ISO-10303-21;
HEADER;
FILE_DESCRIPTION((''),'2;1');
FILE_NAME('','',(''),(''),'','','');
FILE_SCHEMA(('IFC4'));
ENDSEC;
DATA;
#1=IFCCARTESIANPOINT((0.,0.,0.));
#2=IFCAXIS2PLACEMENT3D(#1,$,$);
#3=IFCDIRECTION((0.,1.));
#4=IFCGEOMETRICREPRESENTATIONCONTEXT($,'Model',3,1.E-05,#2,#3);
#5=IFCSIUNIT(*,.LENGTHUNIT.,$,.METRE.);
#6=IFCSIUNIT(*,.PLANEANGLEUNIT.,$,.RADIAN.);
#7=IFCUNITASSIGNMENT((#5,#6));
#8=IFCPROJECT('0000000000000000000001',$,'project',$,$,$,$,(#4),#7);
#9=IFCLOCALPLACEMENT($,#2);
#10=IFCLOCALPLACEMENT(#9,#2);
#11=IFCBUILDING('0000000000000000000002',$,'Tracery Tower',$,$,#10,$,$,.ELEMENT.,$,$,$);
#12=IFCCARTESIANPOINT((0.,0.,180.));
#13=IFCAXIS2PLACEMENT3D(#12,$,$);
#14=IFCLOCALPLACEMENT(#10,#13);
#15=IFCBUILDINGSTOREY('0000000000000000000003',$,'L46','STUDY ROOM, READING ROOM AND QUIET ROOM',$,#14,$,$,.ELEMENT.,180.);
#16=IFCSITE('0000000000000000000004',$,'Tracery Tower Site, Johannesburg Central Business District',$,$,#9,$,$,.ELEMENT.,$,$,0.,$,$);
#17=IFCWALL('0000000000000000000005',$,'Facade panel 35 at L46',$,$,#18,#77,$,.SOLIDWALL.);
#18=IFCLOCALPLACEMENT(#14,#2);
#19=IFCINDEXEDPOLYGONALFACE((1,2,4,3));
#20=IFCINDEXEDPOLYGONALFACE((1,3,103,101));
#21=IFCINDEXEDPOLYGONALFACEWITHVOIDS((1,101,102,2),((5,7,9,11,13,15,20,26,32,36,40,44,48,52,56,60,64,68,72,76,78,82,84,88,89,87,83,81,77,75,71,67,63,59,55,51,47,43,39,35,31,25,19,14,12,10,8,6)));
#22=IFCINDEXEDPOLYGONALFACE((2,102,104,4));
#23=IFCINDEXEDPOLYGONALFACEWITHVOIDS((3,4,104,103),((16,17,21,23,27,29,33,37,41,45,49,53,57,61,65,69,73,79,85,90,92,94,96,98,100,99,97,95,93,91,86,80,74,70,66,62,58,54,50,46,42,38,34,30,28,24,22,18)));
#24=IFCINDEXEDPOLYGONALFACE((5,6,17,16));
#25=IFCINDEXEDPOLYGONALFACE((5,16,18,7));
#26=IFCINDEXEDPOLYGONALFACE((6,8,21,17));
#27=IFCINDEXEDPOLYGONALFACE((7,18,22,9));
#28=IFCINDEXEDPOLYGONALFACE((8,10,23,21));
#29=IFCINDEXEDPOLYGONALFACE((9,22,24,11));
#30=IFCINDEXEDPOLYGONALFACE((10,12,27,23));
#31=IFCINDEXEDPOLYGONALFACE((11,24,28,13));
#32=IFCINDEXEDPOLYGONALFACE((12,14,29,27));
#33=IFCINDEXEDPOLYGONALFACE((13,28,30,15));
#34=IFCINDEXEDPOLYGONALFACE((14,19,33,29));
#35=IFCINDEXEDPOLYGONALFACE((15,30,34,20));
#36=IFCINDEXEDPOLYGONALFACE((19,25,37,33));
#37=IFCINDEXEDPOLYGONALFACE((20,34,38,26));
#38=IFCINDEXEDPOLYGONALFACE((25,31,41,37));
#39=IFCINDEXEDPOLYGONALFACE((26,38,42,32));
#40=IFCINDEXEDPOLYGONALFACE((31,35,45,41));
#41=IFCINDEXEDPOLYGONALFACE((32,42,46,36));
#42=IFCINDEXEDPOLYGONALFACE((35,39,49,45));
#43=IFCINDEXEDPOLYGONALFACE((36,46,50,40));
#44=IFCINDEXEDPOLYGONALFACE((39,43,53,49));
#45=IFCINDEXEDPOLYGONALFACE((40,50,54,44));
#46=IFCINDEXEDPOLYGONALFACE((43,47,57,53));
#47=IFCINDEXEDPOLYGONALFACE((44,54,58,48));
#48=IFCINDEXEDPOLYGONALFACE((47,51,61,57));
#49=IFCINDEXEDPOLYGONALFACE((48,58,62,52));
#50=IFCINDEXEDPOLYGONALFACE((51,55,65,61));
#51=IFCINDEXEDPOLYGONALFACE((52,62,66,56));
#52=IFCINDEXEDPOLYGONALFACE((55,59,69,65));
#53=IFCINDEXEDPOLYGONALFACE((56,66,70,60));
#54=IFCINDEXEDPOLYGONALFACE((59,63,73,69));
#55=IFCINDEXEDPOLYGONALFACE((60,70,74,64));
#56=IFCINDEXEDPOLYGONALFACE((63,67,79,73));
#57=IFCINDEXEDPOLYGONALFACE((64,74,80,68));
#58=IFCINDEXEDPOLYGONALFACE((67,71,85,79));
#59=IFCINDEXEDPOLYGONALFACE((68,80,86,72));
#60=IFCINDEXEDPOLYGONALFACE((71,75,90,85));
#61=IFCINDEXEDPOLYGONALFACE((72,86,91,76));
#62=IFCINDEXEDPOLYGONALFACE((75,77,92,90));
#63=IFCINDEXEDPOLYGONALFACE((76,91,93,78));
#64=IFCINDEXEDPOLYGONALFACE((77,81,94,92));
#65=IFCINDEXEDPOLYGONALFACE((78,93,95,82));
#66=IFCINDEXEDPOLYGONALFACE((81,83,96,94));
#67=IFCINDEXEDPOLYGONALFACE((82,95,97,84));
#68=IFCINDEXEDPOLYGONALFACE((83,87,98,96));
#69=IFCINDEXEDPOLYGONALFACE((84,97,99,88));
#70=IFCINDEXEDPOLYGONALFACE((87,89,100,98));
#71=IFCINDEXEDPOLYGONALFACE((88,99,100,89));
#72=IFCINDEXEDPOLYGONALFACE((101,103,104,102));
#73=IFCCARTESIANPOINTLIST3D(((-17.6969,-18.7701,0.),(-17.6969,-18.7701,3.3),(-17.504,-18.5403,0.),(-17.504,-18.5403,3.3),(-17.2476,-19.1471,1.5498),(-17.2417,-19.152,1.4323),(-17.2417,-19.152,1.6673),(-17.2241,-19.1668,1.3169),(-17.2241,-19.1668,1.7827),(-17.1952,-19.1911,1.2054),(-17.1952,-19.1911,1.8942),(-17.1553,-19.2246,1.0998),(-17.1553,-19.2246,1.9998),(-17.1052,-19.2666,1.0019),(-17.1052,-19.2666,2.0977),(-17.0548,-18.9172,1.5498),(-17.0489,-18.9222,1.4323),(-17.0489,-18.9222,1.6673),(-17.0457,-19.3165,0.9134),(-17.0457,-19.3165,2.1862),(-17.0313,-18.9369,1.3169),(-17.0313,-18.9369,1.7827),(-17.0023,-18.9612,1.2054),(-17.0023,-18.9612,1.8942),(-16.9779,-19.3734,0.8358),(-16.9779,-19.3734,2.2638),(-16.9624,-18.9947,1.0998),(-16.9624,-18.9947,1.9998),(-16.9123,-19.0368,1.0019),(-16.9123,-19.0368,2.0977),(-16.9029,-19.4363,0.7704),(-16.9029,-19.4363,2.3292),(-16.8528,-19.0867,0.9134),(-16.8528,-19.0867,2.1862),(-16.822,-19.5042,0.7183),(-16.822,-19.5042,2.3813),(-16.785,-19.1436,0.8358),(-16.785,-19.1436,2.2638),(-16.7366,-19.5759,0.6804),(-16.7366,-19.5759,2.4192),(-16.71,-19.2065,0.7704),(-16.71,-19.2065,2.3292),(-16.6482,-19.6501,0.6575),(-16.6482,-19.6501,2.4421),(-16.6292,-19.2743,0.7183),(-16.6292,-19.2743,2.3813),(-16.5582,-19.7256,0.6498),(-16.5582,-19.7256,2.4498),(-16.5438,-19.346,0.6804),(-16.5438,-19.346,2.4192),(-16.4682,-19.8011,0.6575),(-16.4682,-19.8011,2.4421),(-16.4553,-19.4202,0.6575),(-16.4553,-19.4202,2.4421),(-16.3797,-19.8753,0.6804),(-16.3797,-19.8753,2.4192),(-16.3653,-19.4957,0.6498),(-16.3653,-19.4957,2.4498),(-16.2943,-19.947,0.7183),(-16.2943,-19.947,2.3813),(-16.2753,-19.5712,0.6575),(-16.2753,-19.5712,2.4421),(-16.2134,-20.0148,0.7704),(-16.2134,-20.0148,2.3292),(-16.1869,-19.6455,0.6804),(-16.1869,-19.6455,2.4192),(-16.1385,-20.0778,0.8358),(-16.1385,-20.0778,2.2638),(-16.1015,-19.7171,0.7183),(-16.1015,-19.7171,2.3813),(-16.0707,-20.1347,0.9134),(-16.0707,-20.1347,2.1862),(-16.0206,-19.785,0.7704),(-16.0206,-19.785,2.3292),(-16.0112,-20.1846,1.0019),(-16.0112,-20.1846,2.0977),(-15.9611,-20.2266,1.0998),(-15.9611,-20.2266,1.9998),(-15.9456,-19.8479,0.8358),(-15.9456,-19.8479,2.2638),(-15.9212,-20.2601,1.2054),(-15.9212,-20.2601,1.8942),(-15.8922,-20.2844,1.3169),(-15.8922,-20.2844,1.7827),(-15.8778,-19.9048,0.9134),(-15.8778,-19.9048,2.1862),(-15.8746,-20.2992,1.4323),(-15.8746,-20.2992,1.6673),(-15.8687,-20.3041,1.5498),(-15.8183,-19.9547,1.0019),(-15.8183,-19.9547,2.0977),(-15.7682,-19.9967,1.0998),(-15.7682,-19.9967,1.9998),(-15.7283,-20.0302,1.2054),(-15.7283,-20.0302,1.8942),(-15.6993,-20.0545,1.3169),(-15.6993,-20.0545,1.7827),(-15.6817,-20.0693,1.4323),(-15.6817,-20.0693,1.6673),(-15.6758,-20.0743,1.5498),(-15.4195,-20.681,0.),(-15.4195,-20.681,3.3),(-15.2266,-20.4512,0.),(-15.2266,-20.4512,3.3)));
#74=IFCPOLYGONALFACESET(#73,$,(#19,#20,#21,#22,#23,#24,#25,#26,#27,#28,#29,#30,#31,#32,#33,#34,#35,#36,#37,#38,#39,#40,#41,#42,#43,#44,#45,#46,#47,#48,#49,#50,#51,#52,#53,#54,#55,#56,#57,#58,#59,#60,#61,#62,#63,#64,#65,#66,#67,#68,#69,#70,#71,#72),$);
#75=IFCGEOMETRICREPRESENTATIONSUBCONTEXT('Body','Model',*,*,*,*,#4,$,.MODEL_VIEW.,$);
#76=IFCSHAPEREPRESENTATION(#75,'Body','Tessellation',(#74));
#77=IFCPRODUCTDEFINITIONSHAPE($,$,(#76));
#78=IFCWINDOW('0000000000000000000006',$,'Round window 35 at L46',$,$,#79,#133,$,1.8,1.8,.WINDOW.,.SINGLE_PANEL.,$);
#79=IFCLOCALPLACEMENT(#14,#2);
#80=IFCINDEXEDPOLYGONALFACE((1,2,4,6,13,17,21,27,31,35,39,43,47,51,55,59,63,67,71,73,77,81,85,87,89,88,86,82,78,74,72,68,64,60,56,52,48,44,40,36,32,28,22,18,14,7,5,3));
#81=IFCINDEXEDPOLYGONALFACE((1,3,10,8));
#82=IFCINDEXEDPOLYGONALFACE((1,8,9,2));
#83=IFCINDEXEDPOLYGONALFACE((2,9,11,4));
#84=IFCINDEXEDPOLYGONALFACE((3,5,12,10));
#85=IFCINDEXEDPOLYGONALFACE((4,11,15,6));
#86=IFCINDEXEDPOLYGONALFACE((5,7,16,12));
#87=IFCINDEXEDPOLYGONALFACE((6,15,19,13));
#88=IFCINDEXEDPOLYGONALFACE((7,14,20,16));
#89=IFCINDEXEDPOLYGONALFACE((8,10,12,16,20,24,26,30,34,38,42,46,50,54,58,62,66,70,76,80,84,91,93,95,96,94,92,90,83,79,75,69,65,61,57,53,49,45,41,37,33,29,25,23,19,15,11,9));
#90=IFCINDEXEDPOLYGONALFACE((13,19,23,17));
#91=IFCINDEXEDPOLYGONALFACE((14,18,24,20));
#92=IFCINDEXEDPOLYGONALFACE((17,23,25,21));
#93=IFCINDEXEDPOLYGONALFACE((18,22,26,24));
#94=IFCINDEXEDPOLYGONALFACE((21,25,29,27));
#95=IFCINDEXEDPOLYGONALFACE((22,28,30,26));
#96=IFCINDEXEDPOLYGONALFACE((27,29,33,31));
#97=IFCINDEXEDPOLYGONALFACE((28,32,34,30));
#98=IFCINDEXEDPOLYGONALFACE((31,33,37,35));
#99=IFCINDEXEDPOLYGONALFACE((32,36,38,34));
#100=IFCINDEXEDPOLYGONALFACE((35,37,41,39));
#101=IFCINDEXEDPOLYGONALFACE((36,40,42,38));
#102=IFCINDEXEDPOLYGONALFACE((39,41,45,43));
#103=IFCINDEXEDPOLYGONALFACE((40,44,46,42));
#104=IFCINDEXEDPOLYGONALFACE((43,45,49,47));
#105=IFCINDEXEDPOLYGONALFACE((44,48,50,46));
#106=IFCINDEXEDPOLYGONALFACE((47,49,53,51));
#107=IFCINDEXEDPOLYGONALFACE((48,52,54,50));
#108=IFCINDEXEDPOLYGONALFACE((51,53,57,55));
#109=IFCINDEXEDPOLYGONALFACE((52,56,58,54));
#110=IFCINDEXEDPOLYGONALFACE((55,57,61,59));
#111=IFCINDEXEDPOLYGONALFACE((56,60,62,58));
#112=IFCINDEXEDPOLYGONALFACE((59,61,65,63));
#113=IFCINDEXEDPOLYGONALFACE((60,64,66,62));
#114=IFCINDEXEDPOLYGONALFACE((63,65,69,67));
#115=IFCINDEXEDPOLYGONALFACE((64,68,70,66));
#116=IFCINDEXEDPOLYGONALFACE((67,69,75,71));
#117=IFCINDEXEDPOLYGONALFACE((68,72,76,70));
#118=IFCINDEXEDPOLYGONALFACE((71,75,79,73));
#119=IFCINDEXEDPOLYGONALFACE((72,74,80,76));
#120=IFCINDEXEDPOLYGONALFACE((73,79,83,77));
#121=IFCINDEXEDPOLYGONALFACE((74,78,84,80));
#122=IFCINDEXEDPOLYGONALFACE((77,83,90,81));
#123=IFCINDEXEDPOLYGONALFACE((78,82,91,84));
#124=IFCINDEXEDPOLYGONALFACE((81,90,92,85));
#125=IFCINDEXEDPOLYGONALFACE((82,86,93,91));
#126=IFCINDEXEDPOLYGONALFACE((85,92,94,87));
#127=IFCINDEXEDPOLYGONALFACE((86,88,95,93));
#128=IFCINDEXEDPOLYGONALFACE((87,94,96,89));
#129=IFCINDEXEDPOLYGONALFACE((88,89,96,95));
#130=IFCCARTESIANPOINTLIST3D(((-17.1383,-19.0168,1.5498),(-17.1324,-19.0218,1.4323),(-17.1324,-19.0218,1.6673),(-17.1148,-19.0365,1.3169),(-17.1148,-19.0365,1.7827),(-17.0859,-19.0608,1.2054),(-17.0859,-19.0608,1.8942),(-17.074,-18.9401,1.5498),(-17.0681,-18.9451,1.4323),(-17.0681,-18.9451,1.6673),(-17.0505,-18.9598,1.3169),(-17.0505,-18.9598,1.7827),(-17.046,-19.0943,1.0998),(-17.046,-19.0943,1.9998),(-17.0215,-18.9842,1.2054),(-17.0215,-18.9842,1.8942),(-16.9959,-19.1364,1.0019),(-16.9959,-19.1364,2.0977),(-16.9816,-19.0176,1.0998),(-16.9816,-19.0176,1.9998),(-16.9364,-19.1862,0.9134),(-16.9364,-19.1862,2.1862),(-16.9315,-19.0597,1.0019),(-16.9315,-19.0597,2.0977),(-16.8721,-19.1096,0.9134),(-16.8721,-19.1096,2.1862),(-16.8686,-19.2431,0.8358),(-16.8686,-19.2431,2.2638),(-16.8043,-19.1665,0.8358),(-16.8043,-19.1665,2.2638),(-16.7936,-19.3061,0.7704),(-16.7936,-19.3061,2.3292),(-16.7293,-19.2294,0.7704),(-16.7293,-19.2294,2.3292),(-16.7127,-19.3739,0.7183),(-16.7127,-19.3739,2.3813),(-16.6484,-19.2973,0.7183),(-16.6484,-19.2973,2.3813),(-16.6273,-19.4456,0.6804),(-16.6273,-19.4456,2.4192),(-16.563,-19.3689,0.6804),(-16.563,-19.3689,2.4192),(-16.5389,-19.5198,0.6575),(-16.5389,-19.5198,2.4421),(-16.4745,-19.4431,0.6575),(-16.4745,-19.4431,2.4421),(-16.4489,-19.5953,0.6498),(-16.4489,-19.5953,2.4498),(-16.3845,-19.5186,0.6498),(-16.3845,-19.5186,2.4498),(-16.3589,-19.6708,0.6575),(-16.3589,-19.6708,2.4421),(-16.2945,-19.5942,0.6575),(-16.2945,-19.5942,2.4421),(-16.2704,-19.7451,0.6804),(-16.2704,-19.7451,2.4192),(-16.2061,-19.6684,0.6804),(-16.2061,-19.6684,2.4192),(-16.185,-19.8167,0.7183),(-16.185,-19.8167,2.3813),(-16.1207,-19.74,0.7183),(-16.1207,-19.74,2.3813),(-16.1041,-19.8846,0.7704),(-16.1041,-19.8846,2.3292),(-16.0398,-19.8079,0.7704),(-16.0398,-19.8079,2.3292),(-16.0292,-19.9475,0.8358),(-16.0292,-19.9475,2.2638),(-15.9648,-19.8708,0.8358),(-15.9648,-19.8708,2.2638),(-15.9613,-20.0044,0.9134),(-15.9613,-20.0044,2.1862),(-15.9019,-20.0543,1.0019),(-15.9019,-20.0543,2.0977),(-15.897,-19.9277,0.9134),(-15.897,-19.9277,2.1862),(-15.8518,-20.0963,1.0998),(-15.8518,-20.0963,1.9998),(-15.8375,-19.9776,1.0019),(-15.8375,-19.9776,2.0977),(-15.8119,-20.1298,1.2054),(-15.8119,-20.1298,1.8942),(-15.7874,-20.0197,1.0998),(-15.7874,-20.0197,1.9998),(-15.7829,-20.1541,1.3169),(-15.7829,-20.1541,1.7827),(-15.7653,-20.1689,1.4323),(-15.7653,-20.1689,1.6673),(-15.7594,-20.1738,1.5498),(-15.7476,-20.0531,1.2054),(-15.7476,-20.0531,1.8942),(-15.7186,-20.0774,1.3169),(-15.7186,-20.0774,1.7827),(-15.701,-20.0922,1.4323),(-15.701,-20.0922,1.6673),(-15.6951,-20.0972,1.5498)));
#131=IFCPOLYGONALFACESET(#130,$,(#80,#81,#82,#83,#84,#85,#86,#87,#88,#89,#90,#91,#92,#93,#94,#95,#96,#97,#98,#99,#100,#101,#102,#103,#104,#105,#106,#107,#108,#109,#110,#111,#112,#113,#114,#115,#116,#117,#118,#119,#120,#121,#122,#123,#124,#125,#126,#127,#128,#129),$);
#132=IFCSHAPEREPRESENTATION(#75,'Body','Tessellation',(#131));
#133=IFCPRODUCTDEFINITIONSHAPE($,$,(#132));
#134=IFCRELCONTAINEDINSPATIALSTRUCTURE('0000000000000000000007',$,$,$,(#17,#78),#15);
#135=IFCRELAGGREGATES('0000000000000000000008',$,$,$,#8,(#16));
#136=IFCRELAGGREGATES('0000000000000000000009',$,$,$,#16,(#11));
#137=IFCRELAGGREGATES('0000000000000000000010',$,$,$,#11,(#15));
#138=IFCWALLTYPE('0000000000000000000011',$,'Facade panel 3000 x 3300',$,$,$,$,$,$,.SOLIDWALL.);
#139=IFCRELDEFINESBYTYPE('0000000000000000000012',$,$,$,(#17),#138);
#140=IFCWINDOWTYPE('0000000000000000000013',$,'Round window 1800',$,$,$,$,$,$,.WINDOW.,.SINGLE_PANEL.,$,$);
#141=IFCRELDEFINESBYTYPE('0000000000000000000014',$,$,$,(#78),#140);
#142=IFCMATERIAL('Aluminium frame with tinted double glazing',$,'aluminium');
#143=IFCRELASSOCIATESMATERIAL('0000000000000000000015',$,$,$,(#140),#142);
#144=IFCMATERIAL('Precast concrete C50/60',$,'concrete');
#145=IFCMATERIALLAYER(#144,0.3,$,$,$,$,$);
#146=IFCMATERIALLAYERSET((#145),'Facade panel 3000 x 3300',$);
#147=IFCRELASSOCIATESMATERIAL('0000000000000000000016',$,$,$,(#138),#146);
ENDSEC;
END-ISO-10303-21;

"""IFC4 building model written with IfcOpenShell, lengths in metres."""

from ifc_helpers import new_model, si_unit, direction, frame, frame_2d, origin, origin_2d, place, context, subcontext, project, spatial, rectangle, circle, extrude, material, layer, layer_set, type_object, element, fill, save


model = new_model("IFC4")

# Units and contexts
model_context = context("Model", 3, precision=1e-05, world=origin(), true_north=direction((0.0, 1.0)))
body_context = subcontext(model_context, "Body", "Model", "MODEL_VIEW")
ifc_project = project(units=[si_unit("LENGTHUNIT", "METRE"), si_unit("PLANEANGLEUNIT", "RADIAN")], contexts=[model_context])

# Site, building, storey
site_placement = place(None, origin())
site = spatial("IfcSite", under=ifc_project, at=site_placement, Name="Tracery Tower Site, Johannesburg Central Business District", CompositionType="ELEMENT", RefElevation=0.0)
building_placement = place(site_placement, origin())
building = spatial("IfcBuilding", under=site, at=building_placement, Name="Tracery Tower", CompositionType="ELEMENT")
storey_placement = place(building_placement, frame((0.0, 0.0, 180.0)))
storey = spatial("IfcBuildingStorey", under=building, at=storey_placement, Name="L46", Description="STUDY ROOM, READING ROOM AND QUIET ROOM", CompositionType="ELEMENT", Elevation=180.0)

# Wall, opening, window
ifc_material_1 = material(Name="Aluminium frame with tinted double glazing", Category="aluminium")
window_type = type_object("IfcWindowType", Name="Round window 1800", PartitioningType="SINGLE_PANEL", PredefinedType="WINDOW", material=ifc_material_1)
ifc_material_2 = material(Name="Precast concrete C50/60", Category="concrete")
ifc_layer_1 = layer(ifc_material_2, 0.3)
ifc_layer_set_1 = layer_set([ifc_layer_1], Name="Facade panel 3000 x 3300")
wall_type_1 = type_object("IfcWallType", Name="Facade panel 3000 x 3300", PredefinedType="SOLIDWALL", material=ifc_layer_set_1)
wall_1_placement = place(storey_placement, frame((-17.6003, -18.6553, 0.0), z_axis=(0.0, 0.0, 1.0), x_axis=(0.766049, -0.642782, 0.0)))
wall_1 = element("IfcWall", 1, at=wall_1_placement, inside=storey, type_object=wall_type_1, Name="Facade panel 35 at L46", PredefinedType="SOLIDWALL", context=body_context, shape_type="SweptSolid", body=[
    extrude(rectangle(XDim=2.9729, YDim=0.3, at=frame_2d((1.4863, 0.0))), origin(), (0.0, 0.0, 1.0), 3.3),
])
opening_1_placement = place(wall_1_placement, frame((1.4863, 0.0, 1.5498)))
opening_1 = element("IfcOpeningElement", 2, at=opening_1_placement, cuts=wall_1, PredefinedType="OPENING", context=body_context, shape_type="SweptSolid", body=[
    extrude(circle(Radius=0.9, at=origin_2d()), frame((0.0, 0.1599, 0.0), z_axis=(0.0, -1.0, 0.0), x_axis=(1.0, 0.0, 0.0)), (0.0, 0.0, 1.0), 0.3201),
])
window_1_placement = place(opening_1_placement, origin())
window_1 = element("IfcWindow", 3, at=window_1_placement, inside=storey, type_object=window_type, Name="Round window 35 at L46", OverallHeight=1.8, OverallWidth=1.8, PartitioningType="SINGLE_PANEL", PredefinedType="WINDOW", context=body_context, shape_type="SweptSolid", body=[
    extrude(circle(Radius=0.9, at=origin_2d()), frame((0.0, 0.1201, 0.0), z_axis=(0.0, -1.0, 0.0), x_axis=(1.0, 0.0, 0.0)), (0.0, 0.0, 1.0), 0.1001),
])
fill(opening_1, window_1)

save(model, "model.ifc")
